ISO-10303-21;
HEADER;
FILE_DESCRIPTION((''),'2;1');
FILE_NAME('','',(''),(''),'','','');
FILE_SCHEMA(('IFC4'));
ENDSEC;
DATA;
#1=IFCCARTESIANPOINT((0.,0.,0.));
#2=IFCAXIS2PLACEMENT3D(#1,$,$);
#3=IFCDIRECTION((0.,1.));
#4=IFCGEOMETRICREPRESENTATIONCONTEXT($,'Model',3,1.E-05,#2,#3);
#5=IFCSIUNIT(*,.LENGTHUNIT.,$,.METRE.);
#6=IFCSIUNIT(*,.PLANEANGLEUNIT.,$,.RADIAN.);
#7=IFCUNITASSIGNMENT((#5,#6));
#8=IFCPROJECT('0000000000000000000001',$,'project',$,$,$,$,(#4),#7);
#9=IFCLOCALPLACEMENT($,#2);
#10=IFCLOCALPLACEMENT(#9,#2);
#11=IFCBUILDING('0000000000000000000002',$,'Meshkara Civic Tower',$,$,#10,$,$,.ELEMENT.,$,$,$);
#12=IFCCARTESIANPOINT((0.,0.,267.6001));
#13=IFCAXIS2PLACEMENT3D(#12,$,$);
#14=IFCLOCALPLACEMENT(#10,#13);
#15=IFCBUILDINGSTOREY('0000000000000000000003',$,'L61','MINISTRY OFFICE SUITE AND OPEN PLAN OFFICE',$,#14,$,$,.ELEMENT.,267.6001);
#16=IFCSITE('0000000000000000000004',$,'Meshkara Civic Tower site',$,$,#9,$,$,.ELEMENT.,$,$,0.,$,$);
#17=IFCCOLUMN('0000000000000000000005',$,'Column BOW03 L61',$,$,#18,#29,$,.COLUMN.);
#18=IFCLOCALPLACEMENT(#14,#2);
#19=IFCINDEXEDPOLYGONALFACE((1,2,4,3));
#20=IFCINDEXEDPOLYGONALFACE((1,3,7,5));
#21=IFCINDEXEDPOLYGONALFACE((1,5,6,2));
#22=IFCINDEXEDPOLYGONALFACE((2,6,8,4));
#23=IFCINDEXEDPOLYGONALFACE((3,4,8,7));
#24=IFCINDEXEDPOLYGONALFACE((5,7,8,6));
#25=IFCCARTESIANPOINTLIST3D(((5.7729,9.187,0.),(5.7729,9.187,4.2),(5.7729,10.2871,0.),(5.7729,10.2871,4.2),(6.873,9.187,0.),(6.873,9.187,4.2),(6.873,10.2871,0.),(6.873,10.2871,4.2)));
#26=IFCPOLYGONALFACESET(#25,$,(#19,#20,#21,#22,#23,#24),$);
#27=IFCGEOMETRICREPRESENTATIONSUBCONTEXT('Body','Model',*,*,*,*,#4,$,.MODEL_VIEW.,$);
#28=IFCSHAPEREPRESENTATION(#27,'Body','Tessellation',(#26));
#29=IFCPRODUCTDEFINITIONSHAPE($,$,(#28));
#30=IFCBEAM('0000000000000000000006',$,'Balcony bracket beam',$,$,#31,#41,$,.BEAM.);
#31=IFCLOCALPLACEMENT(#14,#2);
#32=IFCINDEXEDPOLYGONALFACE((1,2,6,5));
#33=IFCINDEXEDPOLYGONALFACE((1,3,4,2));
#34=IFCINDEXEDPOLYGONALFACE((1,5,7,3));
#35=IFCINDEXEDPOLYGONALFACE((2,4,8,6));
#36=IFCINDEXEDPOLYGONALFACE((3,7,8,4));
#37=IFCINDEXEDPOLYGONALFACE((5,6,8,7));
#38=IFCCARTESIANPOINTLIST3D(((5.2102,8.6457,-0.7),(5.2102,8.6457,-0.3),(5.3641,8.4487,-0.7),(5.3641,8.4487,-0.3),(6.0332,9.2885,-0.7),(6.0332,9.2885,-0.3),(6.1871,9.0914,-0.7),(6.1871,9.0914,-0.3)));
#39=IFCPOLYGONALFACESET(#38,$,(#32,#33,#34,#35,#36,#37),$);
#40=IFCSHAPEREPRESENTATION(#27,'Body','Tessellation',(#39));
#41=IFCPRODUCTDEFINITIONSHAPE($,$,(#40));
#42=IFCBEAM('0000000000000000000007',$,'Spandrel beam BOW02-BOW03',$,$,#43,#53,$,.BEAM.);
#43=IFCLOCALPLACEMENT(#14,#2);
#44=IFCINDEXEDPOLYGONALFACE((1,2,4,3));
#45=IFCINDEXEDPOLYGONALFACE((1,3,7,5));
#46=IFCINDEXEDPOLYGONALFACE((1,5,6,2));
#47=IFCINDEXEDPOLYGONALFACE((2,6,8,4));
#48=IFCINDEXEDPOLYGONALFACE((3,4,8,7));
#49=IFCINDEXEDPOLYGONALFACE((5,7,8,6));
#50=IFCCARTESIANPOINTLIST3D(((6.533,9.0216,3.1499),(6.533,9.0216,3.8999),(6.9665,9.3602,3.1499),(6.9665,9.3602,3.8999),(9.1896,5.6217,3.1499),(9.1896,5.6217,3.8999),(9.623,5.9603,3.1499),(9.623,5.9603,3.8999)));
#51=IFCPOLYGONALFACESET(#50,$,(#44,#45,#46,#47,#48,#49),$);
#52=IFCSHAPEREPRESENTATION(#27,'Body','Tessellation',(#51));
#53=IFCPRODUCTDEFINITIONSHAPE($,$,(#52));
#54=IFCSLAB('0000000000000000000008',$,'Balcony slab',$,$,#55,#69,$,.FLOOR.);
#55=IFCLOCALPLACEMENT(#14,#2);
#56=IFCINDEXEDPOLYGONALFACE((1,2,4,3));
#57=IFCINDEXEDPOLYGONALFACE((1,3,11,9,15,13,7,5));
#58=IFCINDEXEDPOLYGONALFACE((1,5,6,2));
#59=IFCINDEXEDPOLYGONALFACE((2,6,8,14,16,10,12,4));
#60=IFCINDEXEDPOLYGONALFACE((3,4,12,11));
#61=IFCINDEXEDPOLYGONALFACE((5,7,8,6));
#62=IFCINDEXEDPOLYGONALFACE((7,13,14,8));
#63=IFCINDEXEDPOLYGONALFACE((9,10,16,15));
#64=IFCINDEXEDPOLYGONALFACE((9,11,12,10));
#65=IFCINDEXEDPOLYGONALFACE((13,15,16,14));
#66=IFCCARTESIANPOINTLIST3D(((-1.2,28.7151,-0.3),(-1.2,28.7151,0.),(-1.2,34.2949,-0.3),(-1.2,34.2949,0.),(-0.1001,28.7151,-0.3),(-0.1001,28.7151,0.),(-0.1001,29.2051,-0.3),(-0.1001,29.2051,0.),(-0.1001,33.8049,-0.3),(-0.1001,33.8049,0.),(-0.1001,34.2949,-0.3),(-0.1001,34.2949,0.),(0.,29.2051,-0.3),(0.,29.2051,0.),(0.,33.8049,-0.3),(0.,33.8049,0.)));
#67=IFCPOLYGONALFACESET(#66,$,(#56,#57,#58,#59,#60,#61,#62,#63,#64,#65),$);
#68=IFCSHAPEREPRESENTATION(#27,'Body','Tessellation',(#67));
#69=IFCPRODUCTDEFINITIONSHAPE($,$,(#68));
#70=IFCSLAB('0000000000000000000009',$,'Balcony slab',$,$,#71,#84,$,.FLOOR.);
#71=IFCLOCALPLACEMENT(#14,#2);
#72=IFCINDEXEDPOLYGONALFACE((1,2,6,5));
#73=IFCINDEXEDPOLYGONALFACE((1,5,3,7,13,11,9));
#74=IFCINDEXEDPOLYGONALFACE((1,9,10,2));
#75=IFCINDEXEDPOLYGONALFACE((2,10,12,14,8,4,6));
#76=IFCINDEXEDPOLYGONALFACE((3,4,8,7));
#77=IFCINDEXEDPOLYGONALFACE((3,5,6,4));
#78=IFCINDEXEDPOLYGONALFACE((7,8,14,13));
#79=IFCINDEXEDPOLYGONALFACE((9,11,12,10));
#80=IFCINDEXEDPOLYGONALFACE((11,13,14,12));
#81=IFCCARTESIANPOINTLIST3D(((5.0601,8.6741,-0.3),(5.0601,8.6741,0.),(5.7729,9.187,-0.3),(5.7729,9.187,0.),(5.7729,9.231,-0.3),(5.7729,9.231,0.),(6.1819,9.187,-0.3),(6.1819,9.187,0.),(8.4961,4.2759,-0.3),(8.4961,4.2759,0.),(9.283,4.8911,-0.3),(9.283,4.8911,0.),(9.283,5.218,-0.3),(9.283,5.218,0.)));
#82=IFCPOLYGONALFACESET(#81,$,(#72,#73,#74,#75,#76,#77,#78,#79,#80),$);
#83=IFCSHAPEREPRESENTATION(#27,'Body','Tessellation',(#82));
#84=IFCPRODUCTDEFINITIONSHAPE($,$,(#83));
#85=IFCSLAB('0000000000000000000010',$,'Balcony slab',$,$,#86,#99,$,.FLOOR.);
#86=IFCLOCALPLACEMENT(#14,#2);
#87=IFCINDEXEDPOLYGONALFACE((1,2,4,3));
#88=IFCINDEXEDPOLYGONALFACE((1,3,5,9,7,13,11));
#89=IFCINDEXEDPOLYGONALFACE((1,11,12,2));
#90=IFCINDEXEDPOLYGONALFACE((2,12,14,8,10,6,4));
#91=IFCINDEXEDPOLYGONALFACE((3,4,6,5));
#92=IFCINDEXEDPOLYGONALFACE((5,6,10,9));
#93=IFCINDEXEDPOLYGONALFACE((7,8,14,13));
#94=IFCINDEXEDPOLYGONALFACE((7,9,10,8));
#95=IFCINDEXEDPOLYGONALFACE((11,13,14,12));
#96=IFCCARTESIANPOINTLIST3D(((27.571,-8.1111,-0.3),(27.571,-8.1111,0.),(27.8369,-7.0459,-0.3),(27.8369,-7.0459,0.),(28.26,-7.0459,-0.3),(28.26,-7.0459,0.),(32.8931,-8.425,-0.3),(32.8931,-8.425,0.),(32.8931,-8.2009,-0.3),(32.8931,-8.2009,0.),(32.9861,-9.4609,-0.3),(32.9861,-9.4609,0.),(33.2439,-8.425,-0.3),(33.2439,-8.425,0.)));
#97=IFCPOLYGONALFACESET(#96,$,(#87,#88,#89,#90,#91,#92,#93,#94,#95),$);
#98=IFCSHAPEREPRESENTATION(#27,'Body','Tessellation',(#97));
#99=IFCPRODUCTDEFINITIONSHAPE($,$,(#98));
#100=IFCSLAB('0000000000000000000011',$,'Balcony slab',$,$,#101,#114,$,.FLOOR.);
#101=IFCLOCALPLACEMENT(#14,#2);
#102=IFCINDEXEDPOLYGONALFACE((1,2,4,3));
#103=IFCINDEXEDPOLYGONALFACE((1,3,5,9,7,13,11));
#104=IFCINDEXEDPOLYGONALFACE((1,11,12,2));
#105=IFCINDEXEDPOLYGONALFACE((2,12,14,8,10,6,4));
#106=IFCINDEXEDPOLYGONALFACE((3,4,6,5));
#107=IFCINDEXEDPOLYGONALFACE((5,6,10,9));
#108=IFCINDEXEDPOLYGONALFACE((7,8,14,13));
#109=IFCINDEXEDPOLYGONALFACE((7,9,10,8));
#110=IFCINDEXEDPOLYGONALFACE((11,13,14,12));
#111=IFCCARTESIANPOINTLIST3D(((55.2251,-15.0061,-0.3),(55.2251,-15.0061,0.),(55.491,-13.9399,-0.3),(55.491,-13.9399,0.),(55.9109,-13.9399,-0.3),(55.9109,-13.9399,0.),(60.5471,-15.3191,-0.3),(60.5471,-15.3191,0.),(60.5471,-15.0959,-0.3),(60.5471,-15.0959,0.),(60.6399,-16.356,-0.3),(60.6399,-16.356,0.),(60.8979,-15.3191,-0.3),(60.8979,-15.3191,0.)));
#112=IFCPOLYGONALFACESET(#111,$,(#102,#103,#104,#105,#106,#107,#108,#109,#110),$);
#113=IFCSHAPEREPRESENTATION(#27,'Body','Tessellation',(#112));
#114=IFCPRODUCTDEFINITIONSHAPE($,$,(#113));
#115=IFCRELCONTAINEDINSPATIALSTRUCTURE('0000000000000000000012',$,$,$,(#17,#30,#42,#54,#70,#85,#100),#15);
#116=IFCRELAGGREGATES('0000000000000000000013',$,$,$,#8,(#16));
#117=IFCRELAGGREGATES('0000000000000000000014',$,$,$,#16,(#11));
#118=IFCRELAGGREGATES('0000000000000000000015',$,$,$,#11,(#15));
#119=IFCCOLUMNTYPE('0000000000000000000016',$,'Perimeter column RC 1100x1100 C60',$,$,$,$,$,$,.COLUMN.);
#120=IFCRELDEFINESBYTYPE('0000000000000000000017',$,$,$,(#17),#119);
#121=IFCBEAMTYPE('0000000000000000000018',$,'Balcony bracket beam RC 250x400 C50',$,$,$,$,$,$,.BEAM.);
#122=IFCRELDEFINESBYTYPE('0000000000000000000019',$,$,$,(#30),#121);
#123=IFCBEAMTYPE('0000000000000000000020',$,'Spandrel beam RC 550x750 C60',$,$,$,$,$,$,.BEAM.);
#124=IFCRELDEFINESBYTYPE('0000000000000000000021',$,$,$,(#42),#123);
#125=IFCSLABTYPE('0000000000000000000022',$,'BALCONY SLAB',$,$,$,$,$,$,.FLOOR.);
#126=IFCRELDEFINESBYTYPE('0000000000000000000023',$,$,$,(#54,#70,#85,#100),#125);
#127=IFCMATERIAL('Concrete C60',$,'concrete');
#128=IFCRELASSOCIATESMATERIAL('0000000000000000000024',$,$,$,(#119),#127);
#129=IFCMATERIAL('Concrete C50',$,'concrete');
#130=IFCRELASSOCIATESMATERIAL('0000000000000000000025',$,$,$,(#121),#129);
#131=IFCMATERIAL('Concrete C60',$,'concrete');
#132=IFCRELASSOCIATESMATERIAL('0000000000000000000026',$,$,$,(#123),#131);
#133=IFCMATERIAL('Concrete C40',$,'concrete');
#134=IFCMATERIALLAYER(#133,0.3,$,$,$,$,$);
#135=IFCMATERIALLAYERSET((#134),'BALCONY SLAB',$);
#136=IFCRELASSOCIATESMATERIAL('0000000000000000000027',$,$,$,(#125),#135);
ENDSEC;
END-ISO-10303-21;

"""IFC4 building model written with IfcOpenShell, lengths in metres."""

from ifc_helpers import new_model, si_unit, direction, frame, origin, origin_2d, place, context, subcontext, project, spatial, polyline, rectangle, outline, extrude, material, layer, layer_set, material_profile, profile_set, type_object, element, save


model = new_model("IFC4")

# Units and contexts
model_context = context("Model", 3, precision=1e-05, world=origin(), true_north=direction((0.0, 1.0)))
body_context = subcontext(model_context, "Body", "Model", "MODEL_VIEW")
ifc_project = project(units=[si_unit("LENGTHUNIT", "METRE"), si_unit("PLANEANGLEUNIT", "RADIAN")], contexts=[model_context])

# Site, building, storey
site_placement = place(None, origin())
site = spatial("IfcSite", under=ifc_project, at=site_placement, Name="Meshkara Civic Tower site", CompositionType="ELEMENT", RefElevation=0.0)
building_placement = place(site_placement, origin())
building = spatial("IfcBuilding", under=site, at=building_placement, Name="Meshkara Civic Tower", CompositionType="ELEMENT")
storey_placement = place(building_placement, frame((0.0, 0.0, 267.6001)))
storey = spatial("IfcBuildingStorey", under=building, at=storey_placement, Name="L61", Description="MINISTRY OFFICE SUITE AND OPEN PLAN OFFICE", CompositionType="ELEMENT", Elevation=267.6001)

# Column
ifc_material_1 = material(Name="Concrete C60", Category="concrete")
ifc_material_profile_1 = material_profile(ifc_material_1, rectangle(XDim=1.1001, YDim=1.1001, at=origin_2d()))
ifc_profile_set_1 = profile_set([ifc_material_profile_1], Name="Concrete C60")
column_type = type_object("IfcColumnType", Name="Perimeter column RC 1100x1100 C60", PredefinedType="COLUMN", material=ifc_profile_set_1)
column_placement = place(storey_placement, frame((6.323, 9.7371, 0.0), z_axis=(0.0, 0.0, 1.0), x_axis=(1.0, 0.0, 0.0)))
element("IfcColumn", 1, at=column_placement, inside=storey, type_object=column_type, Name="Column BOW03 L61", PredefinedType="COLUMN", context=body_context, shape_type="SweptSolid", body=[
    extrude(rectangle(XDim=1.1001, YDim=1.1001, at=origin_2d()), origin(), (0.0, 0.0, 1.0), 4.2),
])

# Beams
ifc_material_2 = material(Name="Concrete C50", Category="concrete")
ifc_material_profile_2 = material_profile(ifc_material_2, rectangle(XDim=0.25, YDim=0.3999, at=origin_2d()))
ifc_profile_set_2 = profile_set([ifc_material_profile_2], Name="Concrete C50")
beam_type_1 = type_object("IfcBeamType", Name="Balcony bracket beam RC 250x400 C50", PredefinedType="BEAM", material=ifc_profile_set_2)
beam_1_placement = place(storey_placement, frame((6.1101, 9.1899, -0.5), z_axis=(-0.788092, -0.615558, 0.0), x_axis=(0.615558, -0.788092, 0.0)))
element("IfcBeam", 2, at=beam_1_placement, inside=storey, type_object=beam_type_1, Name="Balcony bracket beam", PredefinedType="BEAM", context=body_context, shape_type="SweptSolid", body=[
    extrude(rectangle(XDim=0.25, YDim=0.3999, at=origin_2d()), origin(), (0.0, 0.0, 1.0), 1.0442),
])
ifc_material_3 = material(Name="Concrete C60", Category="concrete")
ifc_material_profile_3 = material_profile(ifc_material_3, rectangle(XDim=0.55, YDim=0.75, at=origin_2d()))
ifc_profile_set_3 = profile_set([ifc_material_profile_3], Name="Concrete C60")
beam_type_2 = type_object("IfcBeamType", Name="Spandrel beam RC 550x750 C60", PredefinedType="BEAM", material=ifc_profile_set_3)
beam_2_placement = place(storey_placement, frame((6.7498, 9.1909, 3.5249), z_axis=(0.61569, -0.787988, 0.0), x_axis=(0.787988, 0.61569, 0.0)))
element("IfcBeam", 3, at=beam_2_placement, inside=storey, type_object=beam_type_2, Name="Spandrel beam BOW02-BOW03", PredefinedType="BEAM", context=body_context, shape_type="SweptSolid", body=[
    extrude(rectangle(XDim=0.55, YDim=0.75, at=origin_2d()), origin(), (0.0, 0.0, 1.0), 4.3147),
])

# Slabs
ifc_material_4 = material(Name="Concrete C40", Category="concrete")
ifc_layer_1 = layer(ifc_material_4, 0.3)
ifc_layer_set_1 = layer_set([ifc_layer_1], Name="BALCONY SLAB")
slab_type_1 = type_object("IfcSlabType", Name="BALCONY SLAB", PredefinedType="FLOOR", material=ifc_layer_set_1)
slab_1_placement = place(storey_placement, frame((0.0, 0.0, -0.3)))
element("IfcSlab", 4, at=slab_1_placement, inside=storey, type_object=slab_type_1, Name="Balcony slab", PredefinedType="FLOOR", context=body_context, shape_type="SweptSolid", body=[
    extrude(outline(polyline([(-1.2, 28.7151), (-1.2, 34.2949), (-0.1001, 34.2949), (-0.1001, 33.8049), (0.0, 33.8049), (0.0, 29.2051), (-0.1001, 29.2051), (-0.1001, 28.7151), (-1.2, 28.7151)])), origin(), (0.0, 0.0, 1.0), 0.3),
])
slab_2_placement = place(storey_placement, frame((0.0, 0.0, -0.3)))
element("IfcSlab", 5, at=slab_2_placement, inside=storey, type_object=slab_type_1, Name="Balcony slab", PredefinedType="FLOOR", context=body_context, shape_type="SweptSolid", body=[
    extrude(outline(polyline([(8.4961, 4.2759), (5.0601, 8.6741), (5.7729, 9.231), (5.7729, 9.187), (6.1819, 9.187), (9.283, 5.218), (9.283, 4.8911), (8.4961, 4.2759)])), origin(), (0.0, 0.0, 1.0), 0.3),
])
slab_3_placement = place(storey_placement, frame((0.0, 0.0, -0.3)))
element("IfcSlab", 6, at=slab_3_placement, inside=storey, type_object=slab_type_1, Name="Balcony slab", PredefinedType="FLOOR", context=body_context, shape_type="SweptSolid", body=[
    extrude(outline(polyline([(32.9861, -9.4609), (27.571, -8.1111), (27.8369, -7.0459), (28.26, -7.0459), (32.8931, -8.2009), (32.8931, -8.425), (33.2439, -8.425), (32.9861, -9.4609)])), origin(), (0.0, 0.0, 1.0), 0.3),
])
slab_4_placement = place(storey_placement, frame((0.0, 0.0, -0.3)))
element("IfcSlab", 7, at=slab_4_placement, inside=storey, type_object=slab_type_1, Name="Balcony slab", PredefinedType="FLOOR", context=body_context, shape_type="SweptSolid", body=[
    extrude(outline(polyline([(60.6399, -16.356), (55.2251, -15.0061), (55.491, -13.9399), (55.9109, -13.9399), (60.5471, -15.0959), (60.5471, -15.3191), (60.8979, -15.3191), (60.6399, -16.356)])), origin(), (0.0, 0.0, 1.0), 0.3),
])

save(model, "model.ifc")
